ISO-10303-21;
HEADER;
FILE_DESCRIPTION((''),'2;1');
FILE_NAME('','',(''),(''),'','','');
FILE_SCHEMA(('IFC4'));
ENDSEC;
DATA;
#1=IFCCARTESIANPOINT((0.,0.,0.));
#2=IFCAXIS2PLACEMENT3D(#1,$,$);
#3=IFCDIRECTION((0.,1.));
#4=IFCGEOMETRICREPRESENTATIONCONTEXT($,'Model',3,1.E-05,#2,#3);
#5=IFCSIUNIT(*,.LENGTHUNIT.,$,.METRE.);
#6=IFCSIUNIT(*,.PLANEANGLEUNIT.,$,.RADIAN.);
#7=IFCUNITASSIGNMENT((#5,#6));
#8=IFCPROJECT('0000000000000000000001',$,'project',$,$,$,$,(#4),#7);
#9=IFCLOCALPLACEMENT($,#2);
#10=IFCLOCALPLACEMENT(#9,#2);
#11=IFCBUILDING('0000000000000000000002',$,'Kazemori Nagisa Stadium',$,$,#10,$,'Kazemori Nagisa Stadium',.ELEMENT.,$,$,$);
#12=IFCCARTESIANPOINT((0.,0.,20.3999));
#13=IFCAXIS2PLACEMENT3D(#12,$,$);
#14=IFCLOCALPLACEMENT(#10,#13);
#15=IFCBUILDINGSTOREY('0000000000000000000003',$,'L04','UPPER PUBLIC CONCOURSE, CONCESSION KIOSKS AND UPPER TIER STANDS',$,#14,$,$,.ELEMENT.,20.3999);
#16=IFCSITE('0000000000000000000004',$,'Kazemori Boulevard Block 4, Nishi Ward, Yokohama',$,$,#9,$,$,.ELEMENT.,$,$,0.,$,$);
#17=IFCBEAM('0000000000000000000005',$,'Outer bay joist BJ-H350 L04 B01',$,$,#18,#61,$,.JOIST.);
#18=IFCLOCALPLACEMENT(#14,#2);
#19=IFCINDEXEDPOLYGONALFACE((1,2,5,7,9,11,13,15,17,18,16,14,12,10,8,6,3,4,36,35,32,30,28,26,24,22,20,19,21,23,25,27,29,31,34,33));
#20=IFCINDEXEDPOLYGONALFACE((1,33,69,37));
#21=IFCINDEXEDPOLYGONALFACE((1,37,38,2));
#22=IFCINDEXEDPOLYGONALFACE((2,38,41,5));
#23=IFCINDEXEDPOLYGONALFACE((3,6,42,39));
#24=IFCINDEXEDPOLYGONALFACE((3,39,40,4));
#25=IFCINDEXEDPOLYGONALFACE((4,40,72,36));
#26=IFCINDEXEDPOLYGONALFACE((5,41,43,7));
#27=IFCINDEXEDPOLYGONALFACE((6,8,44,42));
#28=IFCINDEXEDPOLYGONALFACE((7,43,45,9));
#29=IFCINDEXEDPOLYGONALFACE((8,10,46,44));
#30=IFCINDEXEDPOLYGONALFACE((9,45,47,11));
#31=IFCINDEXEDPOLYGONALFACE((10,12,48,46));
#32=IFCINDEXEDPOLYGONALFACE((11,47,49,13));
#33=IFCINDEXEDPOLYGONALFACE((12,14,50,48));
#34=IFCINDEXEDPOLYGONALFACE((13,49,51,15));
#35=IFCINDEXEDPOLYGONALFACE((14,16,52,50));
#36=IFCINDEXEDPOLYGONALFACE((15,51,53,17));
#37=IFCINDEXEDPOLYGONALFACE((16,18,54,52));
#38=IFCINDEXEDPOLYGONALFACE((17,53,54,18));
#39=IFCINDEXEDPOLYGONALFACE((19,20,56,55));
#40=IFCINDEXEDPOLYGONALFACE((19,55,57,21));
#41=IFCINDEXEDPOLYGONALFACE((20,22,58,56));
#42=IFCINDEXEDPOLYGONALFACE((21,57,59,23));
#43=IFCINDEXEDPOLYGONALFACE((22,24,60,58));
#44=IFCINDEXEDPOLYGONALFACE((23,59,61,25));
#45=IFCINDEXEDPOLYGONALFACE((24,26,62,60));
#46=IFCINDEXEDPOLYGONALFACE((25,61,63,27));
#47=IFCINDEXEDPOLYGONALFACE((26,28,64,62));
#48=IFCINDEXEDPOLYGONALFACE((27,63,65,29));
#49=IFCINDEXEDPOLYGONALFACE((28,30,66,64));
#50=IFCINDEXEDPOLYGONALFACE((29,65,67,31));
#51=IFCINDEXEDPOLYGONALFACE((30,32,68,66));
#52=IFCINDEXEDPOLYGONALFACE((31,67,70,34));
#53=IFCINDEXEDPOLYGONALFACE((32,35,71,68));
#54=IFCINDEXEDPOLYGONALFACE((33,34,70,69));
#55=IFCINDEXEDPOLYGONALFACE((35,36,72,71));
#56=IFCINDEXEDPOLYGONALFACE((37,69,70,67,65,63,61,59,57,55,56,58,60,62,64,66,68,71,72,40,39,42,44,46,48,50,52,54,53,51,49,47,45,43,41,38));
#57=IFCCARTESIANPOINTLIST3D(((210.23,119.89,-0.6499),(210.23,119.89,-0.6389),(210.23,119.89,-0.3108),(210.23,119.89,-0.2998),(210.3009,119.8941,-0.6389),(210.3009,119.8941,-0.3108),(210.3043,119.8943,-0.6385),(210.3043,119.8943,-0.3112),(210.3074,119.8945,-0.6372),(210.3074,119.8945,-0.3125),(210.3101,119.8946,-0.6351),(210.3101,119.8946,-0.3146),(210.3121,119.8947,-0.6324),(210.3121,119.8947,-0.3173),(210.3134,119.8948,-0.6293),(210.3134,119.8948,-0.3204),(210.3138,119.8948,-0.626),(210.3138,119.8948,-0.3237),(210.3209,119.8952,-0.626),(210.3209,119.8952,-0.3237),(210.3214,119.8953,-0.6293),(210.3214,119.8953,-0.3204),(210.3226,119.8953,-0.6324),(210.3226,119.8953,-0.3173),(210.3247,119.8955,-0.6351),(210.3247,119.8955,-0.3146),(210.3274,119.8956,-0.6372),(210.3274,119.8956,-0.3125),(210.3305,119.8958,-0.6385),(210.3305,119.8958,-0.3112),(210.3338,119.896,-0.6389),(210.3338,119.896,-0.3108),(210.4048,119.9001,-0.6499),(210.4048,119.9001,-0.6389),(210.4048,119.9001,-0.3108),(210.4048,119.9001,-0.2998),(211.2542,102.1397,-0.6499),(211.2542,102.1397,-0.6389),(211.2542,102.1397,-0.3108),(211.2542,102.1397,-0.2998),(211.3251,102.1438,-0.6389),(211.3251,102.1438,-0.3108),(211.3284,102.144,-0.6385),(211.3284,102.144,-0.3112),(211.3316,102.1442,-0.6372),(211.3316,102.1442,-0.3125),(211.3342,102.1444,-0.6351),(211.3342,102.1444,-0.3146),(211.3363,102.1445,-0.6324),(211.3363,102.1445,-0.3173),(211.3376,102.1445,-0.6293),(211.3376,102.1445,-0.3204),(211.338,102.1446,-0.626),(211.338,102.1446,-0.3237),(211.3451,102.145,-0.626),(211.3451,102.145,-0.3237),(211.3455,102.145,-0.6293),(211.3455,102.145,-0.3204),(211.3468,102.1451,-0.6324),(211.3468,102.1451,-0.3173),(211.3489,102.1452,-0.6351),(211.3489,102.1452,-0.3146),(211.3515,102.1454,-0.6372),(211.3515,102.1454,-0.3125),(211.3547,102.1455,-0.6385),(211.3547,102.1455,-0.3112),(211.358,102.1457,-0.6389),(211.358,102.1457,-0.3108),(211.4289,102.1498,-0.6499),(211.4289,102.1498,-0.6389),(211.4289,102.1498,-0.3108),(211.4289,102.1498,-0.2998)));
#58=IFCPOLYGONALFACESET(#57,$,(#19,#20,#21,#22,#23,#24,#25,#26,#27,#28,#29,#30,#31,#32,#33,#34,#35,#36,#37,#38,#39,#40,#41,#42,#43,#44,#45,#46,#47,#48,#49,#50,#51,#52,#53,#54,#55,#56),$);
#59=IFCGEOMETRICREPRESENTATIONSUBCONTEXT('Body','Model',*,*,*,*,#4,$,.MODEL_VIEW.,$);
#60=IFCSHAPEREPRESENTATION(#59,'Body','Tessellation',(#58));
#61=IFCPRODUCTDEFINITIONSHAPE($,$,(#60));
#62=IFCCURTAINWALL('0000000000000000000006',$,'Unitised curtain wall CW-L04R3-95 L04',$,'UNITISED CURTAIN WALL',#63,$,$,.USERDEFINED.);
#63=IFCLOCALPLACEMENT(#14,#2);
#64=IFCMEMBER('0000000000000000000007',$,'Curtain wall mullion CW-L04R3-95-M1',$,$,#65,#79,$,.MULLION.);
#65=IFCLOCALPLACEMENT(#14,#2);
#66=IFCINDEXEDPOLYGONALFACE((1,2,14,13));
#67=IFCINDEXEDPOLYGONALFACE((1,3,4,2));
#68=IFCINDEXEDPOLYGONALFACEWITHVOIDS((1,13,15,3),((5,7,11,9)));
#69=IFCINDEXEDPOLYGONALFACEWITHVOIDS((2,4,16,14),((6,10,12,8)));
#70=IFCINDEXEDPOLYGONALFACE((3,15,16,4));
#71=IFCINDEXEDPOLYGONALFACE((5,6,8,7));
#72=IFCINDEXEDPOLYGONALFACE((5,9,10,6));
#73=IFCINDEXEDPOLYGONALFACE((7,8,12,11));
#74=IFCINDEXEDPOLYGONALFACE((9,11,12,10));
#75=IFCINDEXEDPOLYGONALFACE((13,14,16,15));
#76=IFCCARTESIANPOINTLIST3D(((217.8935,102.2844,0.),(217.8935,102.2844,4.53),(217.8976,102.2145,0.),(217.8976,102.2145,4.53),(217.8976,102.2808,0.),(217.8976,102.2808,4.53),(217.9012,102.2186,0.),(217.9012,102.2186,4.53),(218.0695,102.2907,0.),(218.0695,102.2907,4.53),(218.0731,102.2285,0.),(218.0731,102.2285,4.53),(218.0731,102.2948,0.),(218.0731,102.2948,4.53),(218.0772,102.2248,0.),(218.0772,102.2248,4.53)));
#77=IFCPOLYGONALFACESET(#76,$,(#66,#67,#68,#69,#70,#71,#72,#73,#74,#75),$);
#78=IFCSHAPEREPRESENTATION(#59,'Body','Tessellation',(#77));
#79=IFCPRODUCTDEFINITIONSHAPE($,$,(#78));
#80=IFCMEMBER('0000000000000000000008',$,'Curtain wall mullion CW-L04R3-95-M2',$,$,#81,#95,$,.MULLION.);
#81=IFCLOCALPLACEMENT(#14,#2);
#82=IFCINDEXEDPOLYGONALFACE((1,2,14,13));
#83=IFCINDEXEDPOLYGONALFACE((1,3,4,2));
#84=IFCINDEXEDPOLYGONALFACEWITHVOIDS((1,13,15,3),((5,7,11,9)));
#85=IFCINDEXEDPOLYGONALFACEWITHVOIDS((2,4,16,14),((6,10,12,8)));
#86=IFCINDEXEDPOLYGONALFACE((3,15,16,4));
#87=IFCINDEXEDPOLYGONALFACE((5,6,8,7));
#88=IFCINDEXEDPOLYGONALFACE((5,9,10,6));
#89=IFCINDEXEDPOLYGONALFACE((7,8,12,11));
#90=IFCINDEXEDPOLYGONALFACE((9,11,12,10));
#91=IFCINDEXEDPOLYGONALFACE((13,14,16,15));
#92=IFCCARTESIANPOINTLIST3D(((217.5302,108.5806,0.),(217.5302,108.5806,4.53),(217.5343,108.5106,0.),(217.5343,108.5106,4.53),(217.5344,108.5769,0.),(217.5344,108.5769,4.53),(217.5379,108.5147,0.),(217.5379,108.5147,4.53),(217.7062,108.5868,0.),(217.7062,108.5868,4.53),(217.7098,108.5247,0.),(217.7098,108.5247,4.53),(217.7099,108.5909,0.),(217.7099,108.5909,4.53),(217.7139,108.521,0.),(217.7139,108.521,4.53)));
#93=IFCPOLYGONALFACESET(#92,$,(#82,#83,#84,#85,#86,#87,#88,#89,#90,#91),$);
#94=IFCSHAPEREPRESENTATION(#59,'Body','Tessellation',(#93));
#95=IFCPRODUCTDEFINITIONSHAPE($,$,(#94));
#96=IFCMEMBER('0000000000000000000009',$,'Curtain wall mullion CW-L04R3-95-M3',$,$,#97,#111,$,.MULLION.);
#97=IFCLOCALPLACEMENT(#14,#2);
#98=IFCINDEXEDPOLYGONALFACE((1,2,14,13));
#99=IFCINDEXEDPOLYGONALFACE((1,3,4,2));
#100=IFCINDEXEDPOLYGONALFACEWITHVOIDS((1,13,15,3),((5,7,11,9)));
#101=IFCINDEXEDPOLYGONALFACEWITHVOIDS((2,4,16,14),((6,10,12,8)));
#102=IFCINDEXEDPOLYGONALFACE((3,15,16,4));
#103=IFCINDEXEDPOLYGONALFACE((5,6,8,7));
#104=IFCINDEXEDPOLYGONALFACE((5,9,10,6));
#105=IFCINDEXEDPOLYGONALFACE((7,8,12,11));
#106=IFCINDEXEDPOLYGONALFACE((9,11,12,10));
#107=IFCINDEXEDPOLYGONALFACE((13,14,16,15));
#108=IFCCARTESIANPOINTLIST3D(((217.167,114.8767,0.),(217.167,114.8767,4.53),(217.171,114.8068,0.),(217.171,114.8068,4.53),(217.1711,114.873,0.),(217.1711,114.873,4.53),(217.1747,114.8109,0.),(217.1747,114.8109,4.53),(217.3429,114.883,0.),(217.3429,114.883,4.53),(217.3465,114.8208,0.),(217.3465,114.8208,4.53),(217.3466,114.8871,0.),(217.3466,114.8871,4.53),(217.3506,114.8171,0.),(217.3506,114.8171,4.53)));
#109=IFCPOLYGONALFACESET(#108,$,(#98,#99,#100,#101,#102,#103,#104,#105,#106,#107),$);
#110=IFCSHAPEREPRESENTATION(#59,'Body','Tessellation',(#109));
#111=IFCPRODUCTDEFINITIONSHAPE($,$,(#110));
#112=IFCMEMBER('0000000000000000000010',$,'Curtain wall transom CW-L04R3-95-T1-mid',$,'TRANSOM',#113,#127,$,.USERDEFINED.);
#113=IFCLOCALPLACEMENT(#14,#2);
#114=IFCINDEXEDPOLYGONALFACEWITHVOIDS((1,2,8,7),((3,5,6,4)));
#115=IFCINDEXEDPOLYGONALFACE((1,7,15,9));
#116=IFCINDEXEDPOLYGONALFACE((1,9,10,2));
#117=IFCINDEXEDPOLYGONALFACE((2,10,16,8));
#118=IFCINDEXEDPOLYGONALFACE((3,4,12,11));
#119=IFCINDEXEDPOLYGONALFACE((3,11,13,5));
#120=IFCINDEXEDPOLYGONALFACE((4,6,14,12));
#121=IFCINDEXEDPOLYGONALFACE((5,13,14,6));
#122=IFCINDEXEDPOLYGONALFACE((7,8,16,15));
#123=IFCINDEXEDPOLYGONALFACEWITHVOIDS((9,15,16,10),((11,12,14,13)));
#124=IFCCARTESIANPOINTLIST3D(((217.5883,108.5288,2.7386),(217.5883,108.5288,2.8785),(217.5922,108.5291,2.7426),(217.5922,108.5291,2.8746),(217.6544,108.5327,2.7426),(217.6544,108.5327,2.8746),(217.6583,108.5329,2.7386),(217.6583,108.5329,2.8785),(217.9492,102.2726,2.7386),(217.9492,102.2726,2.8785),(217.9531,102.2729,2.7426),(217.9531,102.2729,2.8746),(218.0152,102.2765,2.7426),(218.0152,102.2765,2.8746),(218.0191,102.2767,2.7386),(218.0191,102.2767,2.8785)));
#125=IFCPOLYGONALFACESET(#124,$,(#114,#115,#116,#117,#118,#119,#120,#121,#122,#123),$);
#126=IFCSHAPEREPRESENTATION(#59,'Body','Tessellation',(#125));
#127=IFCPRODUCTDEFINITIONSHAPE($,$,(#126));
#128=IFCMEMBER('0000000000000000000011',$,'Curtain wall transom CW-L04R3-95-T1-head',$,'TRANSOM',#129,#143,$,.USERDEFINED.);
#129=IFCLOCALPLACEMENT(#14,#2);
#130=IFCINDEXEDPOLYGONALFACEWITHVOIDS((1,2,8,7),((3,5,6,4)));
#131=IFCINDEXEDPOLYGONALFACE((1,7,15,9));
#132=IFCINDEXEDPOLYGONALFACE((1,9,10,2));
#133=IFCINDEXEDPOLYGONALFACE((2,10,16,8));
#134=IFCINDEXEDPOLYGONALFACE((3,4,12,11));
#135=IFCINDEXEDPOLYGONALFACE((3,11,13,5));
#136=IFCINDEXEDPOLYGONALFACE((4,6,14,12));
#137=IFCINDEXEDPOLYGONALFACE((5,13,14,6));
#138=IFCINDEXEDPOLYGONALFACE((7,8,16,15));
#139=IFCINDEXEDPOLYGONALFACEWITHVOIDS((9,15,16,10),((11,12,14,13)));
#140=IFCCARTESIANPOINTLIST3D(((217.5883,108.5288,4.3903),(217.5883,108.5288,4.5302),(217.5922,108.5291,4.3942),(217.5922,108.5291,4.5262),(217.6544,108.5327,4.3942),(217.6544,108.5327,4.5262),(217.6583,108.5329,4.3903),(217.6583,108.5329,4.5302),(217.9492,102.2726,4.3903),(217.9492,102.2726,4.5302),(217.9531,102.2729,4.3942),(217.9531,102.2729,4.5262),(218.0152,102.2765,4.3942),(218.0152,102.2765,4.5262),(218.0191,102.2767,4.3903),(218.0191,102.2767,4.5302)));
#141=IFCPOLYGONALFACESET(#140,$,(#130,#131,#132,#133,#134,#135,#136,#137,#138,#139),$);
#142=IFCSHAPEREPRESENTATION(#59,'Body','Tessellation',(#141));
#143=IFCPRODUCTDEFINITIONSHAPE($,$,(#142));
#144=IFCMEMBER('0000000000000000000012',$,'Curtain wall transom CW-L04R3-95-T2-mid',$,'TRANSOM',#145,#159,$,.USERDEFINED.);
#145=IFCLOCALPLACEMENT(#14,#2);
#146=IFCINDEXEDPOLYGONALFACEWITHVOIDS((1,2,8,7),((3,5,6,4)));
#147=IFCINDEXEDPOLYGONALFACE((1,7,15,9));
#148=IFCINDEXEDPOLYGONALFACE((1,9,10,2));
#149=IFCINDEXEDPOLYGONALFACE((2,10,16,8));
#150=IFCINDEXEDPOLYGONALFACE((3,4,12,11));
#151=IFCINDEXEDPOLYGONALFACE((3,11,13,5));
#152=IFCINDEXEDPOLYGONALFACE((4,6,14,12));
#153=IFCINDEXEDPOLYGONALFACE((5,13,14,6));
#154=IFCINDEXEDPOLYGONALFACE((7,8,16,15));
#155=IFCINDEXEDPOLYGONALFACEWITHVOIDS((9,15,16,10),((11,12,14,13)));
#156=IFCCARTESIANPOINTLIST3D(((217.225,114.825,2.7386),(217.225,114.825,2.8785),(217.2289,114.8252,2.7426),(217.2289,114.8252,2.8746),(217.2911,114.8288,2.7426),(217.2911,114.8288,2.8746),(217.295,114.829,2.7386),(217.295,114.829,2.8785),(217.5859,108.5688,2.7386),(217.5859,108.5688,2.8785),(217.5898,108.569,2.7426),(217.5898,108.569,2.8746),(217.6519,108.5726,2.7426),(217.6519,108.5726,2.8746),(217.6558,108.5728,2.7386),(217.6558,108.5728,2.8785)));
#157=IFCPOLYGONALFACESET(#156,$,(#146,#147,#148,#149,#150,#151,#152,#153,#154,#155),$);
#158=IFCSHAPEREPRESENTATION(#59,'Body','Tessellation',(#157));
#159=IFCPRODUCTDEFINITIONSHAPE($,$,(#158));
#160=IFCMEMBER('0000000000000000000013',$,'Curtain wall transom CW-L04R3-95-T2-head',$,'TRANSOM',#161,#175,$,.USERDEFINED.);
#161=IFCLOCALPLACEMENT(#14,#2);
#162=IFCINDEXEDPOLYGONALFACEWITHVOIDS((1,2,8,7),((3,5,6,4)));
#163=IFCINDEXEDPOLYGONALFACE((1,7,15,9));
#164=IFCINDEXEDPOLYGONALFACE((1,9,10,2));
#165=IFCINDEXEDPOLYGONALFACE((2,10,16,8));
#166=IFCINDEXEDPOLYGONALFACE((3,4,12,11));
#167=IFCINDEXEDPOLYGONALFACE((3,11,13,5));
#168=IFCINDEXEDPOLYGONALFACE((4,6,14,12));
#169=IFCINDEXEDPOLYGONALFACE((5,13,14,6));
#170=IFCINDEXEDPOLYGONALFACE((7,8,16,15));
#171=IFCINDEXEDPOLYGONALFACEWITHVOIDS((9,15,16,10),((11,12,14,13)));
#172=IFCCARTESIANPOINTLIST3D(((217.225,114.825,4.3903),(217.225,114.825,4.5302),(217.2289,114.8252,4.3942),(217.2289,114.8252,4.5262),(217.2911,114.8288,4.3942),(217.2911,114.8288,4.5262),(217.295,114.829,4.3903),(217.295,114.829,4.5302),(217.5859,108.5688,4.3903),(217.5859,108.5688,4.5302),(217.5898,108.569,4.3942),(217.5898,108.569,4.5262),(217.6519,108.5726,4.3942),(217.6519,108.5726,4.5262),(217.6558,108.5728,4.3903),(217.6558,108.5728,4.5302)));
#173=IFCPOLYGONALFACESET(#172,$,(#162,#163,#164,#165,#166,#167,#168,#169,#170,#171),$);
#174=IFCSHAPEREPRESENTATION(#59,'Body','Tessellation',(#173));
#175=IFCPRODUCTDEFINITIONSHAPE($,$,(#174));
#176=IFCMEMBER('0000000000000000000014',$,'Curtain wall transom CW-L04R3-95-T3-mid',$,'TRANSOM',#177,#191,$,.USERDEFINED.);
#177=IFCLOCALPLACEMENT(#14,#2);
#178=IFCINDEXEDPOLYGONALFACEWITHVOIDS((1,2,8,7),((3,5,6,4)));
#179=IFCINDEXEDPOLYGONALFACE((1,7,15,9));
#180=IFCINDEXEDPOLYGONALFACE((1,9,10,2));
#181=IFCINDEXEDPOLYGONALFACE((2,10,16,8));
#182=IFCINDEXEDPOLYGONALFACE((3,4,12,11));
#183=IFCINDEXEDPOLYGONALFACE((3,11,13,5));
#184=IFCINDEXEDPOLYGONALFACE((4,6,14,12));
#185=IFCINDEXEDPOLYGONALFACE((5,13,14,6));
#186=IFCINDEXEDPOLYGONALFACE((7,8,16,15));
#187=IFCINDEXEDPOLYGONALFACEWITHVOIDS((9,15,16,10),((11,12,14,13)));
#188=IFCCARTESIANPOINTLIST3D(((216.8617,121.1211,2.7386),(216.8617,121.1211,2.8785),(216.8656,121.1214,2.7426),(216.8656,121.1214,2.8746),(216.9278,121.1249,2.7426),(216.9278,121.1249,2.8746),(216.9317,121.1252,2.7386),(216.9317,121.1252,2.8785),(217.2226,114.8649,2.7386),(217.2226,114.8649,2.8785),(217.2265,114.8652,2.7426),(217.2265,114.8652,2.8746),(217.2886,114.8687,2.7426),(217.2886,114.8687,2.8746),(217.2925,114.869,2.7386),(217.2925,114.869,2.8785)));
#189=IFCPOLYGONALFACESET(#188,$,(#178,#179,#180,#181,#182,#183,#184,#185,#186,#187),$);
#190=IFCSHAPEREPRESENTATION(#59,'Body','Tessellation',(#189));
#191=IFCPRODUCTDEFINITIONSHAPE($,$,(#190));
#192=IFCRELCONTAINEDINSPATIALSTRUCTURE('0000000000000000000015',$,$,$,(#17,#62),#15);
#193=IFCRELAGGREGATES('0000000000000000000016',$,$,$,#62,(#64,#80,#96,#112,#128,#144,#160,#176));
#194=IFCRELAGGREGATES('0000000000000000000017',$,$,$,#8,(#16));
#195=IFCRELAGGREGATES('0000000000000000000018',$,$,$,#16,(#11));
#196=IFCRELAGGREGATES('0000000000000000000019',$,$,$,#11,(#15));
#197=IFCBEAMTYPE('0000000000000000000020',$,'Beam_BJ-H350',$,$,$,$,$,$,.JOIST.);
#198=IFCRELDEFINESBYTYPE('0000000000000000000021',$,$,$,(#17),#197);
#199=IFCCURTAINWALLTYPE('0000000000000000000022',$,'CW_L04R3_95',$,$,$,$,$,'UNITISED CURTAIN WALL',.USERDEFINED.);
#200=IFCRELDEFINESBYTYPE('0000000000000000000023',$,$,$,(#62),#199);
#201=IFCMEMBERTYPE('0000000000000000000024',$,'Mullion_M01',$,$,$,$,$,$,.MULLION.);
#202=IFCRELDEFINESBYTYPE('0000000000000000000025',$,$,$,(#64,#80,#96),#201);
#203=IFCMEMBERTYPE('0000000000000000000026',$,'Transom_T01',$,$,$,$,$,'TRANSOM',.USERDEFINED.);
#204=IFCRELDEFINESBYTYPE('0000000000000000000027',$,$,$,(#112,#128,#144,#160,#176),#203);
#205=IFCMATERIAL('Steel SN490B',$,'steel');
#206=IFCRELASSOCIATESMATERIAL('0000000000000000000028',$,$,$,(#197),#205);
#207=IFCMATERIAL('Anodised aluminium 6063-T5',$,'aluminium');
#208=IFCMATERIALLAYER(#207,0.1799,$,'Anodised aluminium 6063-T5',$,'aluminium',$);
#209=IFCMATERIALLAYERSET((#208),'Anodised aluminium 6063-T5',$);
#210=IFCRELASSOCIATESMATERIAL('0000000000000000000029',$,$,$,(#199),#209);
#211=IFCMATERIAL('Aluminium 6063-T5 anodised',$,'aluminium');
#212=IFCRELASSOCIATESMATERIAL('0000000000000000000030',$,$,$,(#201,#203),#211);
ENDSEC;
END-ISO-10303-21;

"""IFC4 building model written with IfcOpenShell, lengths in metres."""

from ifc_helpers import new_model, si_unit, direction, frame, origin, origin_2d, place, context, subcontext, project, spatial, hollow_rectangle, i_section, extrude, material, layer, layer_set, material_profile, profile_set, type_object, element, aggregate, save


model = new_model("IFC4")

# Units and contexts
model_context = context("Model", 3, precision=1e-05, world=origin(), true_north=direction((0.0, 1.0)))
body_context = subcontext(model_context, "Body", "Model", "MODEL_VIEW")
ifc_project = project(units=[si_unit("LENGTHUNIT", "METRE"), si_unit("PLANEANGLEUNIT", "RADIAN")], contexts=[model_context])

# Site, building, storey
site_placement = place(None, origin())
site = spatial("IfcSite", under=ifc_project, at=site_placement, Name="Kazemori Boulevard Block 4, Nishi Ward, Yokohama", CompositionType="ELEMENT", RefElevation=0.0)
building_placement = place(site_placement, origin())
building = spatial("IfcBuilding", under=site, at=building_placement, Name="Kazemori Nagisa Stadium", LongName="Kazemori Nagisa Stadium", CompositionType="ELEMENT")
storey_placement = place(building_placement, frame((0.0, 0.0, 20.3999)))
storey = spatial("IfcBuildingStorey", under=building, at=storey_placement, Name="L04", Description="UPPER PUBLIC CONCOURSE, CONCESSION KIOSKS AND UPPER TIER STANDS", CompositionType="ELEMENT", Elevation=20.3999)

# Beam
ifc_material_1 = material(Name="Steel SN490B", Category="steel")
ifc_material_profile_1 = material_profile(ifc_material_1, i_section(OverallWidth=0.175, OverallDepth=0.3501, WebThickness=0.0071, FlangeThickness=0.011, FilletRadius=0.0129, at=origin_2d()), Name="H-350x175x7x11")
ifc_profile_set_1 = profile_set([ifc_material_profile_1], Name="Steel SN490B")
beam_type = type_object("IfcBeamType", Name="Beam_BJ-H350", PredefinedType="JOIST", material=ifc_profile_set_1)
beam_placement = place(storey_placement, frame((211.3416, 102.1448, -0.4749), z_axis=(-0.057603, 0.99834, 0.0), x_axis=(-0.99834, -0.057603, 0.0)))
element("IfcBeam", 1, at=beam_placement, inside=storey, type_object=beam_type, Name="Outer bay joist BJ-H350 L04 B01", PredefinedType="JOIST", context=body_context, shape_type="SweptSolid", body=[
    extrude(i_section(OverallWidth=0.175, OverallDepth=0.3501, WebThickness=0.0071, FlangeThickness=0.011, FilletRadius=0.0129, at=origin_2d()), origin(), (0.0, 0.0, 1.0), 17.7798),
])

# Curtain wall, members
ifc_material_2 = material(Name="Anodised aluminium 6063-T5", Category="aluminium")
ifc_layer_1 = layer(ifc_material_2, 0.1799, Name="Anodised aluminium 6063-T5", Category="aluminium")
ifc_layer_set_1 = layer_set([ifc_layer_1], Name="Anodised aluminium 6063-T5")
curtain_wall_type = type_object("IfcCurtainWallType", Name="CW_L04R3_95", ElementType="UNITISED CURTAIN WALL", PredefinedType="USERDEFINED", material=ifc_layer_set_1)
curtain_wall_placement = place(storey_placement, origin())
curtain_wall = element("IfcCurtainWall", 2, at=curtain_wall_placement, inside=storey, type_object=curtain_wall_type, Name="Unitised curtain wall CW-L04R3-95 L04", ObjectType="UNITISED CURTAIN WALL", PredefinedType="USERDEFINED")
ifc_material_3 = material(Name="Aluminium 6063-T5 anodised", Category="aluminium")
ifc_material_profile_2 = material_profile(ifc_material_3, hollow_rectangle(XDim=0.0701, YDim=0.1799, WallThickness=0.0039, at=origin_2d()), Name="ALU-MULL-70x180x4")
ifc_profile_set_2 = profile_set([ifc_material_profile_2], Name="Aluminium 6063-T5 anodised")
member_type_1 = type_object("IfcMemberType", Name="Mullion_M01", PredefinedType="MULLION", material=ifc_profile_set_2)
member_1_placement = place(storey_placement, frame((217.9854, 102.2546, 0.0), z_axis=(0.0, 0.0, 1.0), x_axis=(-0.057602, 0.99834, 0.0)))
member_1 = element("IfcMember", 3, at=member_1_placement, type_object=member_type_1, Name="Curtain wall mullion CW-L04R3-95-M1", PredefinedType="MULLION", context=body_context, shape_type="SweptSolid", body=[
    extrude(hollow_rectangle(XDim=0.0701, YDim=0.1799, WallThickness=0.0039, at=origin_2d()), origin(), (0.0, 0.0, 1.0), 4.53),
])
member_2_placement = place(storey_placement, frame((217.6221, 108.5508, 0.0), z_axis=(0.0, 0.0, 1.0), x_axis=(-0.057602, 0.99834, 0.0)))
member_2 = element("IfcMember", 4, at=member_2_placement, type_object=member_type_1, Name="Curtain wall mullion CW-L04R3-95-M2", PredefinedType="MULLION", context=body_context, shape_type="SweptSolid", body=[
    extrude(hollow_rectangle(XDim=0.0701, YDim=0.1799, WallThickness=0.0039, at=origin_2d()), origin(), (0.0, 0.0, 1.0), 4.53),
])
member_3_placement = place(storey_placement, frame((217.2588, 114.8469, 0.0), z_axis=(0.0, 0.0, 1.0), x_axis=(-0.057602, 0.99834, 0.0)))
member_3 = element("IfcMember", 5, at=member_3_placement, type_object=member_type_1, Name="Curtain wall mullion CW-L04R3-95-M3", PredefinedType="MULLION", context=body_context, shape_type="SweptSolid", body=[
    extrude(hollow_rectangle(XDim=0.0701, YDim=0.1799, WallThickness=0.0039, at=origin_2d()), origin(), (0.0, 0.0, 1.0), 4.53),
])
ifc_material_profile_3 = material_profile(ifc_material_3, hollow_rectangle(XDim=0.0701, YDim=0.1399, WallThickness=0.0039, at=origin_2d()), Name="ALU-TRAN-70x140x4")
ifc_profile_set_3 = profile_set([ifc_material_profile_3], Name="Aluminium 6063-T5 anodised")
member_type_2 = type_object("IfcMemberType", Name="Transom_T01", ElementType="TRANSOM", PredefinedType="USERDEFINED", material=ifc_profile_set_3)
member_4_placement = place(storey_placement, frame((217.9841, 102.2747, 2.8086), z_axis=(-0.057582, 0.998341, 0.0), x_axis=(-0.998341, -0.057582, 0.0)))
member_4 = element("IfcMember", 6, at=member_4_placement, type_object=member_type_2, Name="Curtain wall transom CW-L04R3-95-T1-mid", ObjectType="TRANSOM", PredefinedType="USERDEFINED", context=body_context, shape_type="SweptSolid", body=[
    extrude(hollow_rectangle(XDim=0.0701, YDim=0.1399, WallThickness=0.0039, at=origin_2d()), origin(), (0.0, 0.0, 1.0), 6.2666),
])
member_5_placement = place(storey_placement, frame((217.9841, 102.2747, 4.4602), z_axis=(-0.057582, 0.998341, 0.0), x_axis=(-0.998341, -0.057582, 0.0)))
member_5 = element("IfcMember", 7, at=member_5_placement, type_object=member_type_2, Name="Curtain wall transom CW-L04R3-95-T1-head", ObjectType="TRANSOM", PredefinedType="USERDEFINED", context=body_context, shape_type="SweptSolid", body=[
    extrude(hollow_rectangle(XDim=0.0701, YDim=0.1399, WallThickness=0.0039, at=origin_2d()), origin(), (0.0, 0.0, 1.0), 6.2666),
])
member_6_placement = place(storey_placement, frame((217.6208, 108.5708, 2.8086), z_axis=(-0.057582, 0.998341, 0.0), x_axis=(-0.998341, -0.057582, 0.0)))
member_6 = element("IfcMember", 8, at=member_6_placement, type_object=member_type_2, Name="Curtain wall transom CW-L04R3-95-T2-mid", ObjectType="TRANSOM", PredefinedType="USERDEFINED", context=body_context, shape_type="SweptSolid", body=[
    extrude(hollow_rectangle(XDim=0.0701, YDim=0.1399, WallThickness=0.0039, at=origin_2d()), origin(), (0.0, 0.0, 1.0), 6.2666),
])
member_7_placement = place(storey_placement, frame((217.6208, 108.5708, 4.4602), z_axis=(-0.057582, 0.998341, 0.0), x_axis=(-0.998341, -0.057582, 0.0)))
member_7 = element("IfcMember", 9, at=member_7_placement, type_object=member_type_2, Name="Curtain wall transom CW-L04R3-95-T2-head", ObjectType="TRANSOM", PredefinedType="USERDEFINED", context=body_context, shape_type="SweptSolid", body=[
    extrude(hollow_rectangle(XDim=0.0701, YDim=0.1399, WallThickness=0.0039, at=origin_2d()), origin(), (0.0, 0.0, 1.0), 6.2666),
])
member_8_placement = place(storey_placement, frame((217.2576, 114.8669, 2.8086), z_axis=(-0.057582, 0.998341, 0.0), x_axis=(-0.998341, -0.057582, 0.0)))
member_8 = element("IfcMember", 10, at=member_8_placement, type_object=member_type_2, Name="Curtain wall transom CW-L04R3-95-T3-mid", ObjectType="TRANSOM", PredefinedType="USERDEFINED", context=body_context, shape_type="SweptSolid", body=[
    extrude(hollow_rectangle(XDim=0.0701, YDim=0.1399, WallThickness=0.0039, at=origin_2d()), origin(), (0.0, 0.0, 1.0), 6.2666),
])
aggregate(curtain_wall, [member_1, member_2, member_3, member_4, member_5, member_6, member_7, member_8])

save(model, "model.ifc")
